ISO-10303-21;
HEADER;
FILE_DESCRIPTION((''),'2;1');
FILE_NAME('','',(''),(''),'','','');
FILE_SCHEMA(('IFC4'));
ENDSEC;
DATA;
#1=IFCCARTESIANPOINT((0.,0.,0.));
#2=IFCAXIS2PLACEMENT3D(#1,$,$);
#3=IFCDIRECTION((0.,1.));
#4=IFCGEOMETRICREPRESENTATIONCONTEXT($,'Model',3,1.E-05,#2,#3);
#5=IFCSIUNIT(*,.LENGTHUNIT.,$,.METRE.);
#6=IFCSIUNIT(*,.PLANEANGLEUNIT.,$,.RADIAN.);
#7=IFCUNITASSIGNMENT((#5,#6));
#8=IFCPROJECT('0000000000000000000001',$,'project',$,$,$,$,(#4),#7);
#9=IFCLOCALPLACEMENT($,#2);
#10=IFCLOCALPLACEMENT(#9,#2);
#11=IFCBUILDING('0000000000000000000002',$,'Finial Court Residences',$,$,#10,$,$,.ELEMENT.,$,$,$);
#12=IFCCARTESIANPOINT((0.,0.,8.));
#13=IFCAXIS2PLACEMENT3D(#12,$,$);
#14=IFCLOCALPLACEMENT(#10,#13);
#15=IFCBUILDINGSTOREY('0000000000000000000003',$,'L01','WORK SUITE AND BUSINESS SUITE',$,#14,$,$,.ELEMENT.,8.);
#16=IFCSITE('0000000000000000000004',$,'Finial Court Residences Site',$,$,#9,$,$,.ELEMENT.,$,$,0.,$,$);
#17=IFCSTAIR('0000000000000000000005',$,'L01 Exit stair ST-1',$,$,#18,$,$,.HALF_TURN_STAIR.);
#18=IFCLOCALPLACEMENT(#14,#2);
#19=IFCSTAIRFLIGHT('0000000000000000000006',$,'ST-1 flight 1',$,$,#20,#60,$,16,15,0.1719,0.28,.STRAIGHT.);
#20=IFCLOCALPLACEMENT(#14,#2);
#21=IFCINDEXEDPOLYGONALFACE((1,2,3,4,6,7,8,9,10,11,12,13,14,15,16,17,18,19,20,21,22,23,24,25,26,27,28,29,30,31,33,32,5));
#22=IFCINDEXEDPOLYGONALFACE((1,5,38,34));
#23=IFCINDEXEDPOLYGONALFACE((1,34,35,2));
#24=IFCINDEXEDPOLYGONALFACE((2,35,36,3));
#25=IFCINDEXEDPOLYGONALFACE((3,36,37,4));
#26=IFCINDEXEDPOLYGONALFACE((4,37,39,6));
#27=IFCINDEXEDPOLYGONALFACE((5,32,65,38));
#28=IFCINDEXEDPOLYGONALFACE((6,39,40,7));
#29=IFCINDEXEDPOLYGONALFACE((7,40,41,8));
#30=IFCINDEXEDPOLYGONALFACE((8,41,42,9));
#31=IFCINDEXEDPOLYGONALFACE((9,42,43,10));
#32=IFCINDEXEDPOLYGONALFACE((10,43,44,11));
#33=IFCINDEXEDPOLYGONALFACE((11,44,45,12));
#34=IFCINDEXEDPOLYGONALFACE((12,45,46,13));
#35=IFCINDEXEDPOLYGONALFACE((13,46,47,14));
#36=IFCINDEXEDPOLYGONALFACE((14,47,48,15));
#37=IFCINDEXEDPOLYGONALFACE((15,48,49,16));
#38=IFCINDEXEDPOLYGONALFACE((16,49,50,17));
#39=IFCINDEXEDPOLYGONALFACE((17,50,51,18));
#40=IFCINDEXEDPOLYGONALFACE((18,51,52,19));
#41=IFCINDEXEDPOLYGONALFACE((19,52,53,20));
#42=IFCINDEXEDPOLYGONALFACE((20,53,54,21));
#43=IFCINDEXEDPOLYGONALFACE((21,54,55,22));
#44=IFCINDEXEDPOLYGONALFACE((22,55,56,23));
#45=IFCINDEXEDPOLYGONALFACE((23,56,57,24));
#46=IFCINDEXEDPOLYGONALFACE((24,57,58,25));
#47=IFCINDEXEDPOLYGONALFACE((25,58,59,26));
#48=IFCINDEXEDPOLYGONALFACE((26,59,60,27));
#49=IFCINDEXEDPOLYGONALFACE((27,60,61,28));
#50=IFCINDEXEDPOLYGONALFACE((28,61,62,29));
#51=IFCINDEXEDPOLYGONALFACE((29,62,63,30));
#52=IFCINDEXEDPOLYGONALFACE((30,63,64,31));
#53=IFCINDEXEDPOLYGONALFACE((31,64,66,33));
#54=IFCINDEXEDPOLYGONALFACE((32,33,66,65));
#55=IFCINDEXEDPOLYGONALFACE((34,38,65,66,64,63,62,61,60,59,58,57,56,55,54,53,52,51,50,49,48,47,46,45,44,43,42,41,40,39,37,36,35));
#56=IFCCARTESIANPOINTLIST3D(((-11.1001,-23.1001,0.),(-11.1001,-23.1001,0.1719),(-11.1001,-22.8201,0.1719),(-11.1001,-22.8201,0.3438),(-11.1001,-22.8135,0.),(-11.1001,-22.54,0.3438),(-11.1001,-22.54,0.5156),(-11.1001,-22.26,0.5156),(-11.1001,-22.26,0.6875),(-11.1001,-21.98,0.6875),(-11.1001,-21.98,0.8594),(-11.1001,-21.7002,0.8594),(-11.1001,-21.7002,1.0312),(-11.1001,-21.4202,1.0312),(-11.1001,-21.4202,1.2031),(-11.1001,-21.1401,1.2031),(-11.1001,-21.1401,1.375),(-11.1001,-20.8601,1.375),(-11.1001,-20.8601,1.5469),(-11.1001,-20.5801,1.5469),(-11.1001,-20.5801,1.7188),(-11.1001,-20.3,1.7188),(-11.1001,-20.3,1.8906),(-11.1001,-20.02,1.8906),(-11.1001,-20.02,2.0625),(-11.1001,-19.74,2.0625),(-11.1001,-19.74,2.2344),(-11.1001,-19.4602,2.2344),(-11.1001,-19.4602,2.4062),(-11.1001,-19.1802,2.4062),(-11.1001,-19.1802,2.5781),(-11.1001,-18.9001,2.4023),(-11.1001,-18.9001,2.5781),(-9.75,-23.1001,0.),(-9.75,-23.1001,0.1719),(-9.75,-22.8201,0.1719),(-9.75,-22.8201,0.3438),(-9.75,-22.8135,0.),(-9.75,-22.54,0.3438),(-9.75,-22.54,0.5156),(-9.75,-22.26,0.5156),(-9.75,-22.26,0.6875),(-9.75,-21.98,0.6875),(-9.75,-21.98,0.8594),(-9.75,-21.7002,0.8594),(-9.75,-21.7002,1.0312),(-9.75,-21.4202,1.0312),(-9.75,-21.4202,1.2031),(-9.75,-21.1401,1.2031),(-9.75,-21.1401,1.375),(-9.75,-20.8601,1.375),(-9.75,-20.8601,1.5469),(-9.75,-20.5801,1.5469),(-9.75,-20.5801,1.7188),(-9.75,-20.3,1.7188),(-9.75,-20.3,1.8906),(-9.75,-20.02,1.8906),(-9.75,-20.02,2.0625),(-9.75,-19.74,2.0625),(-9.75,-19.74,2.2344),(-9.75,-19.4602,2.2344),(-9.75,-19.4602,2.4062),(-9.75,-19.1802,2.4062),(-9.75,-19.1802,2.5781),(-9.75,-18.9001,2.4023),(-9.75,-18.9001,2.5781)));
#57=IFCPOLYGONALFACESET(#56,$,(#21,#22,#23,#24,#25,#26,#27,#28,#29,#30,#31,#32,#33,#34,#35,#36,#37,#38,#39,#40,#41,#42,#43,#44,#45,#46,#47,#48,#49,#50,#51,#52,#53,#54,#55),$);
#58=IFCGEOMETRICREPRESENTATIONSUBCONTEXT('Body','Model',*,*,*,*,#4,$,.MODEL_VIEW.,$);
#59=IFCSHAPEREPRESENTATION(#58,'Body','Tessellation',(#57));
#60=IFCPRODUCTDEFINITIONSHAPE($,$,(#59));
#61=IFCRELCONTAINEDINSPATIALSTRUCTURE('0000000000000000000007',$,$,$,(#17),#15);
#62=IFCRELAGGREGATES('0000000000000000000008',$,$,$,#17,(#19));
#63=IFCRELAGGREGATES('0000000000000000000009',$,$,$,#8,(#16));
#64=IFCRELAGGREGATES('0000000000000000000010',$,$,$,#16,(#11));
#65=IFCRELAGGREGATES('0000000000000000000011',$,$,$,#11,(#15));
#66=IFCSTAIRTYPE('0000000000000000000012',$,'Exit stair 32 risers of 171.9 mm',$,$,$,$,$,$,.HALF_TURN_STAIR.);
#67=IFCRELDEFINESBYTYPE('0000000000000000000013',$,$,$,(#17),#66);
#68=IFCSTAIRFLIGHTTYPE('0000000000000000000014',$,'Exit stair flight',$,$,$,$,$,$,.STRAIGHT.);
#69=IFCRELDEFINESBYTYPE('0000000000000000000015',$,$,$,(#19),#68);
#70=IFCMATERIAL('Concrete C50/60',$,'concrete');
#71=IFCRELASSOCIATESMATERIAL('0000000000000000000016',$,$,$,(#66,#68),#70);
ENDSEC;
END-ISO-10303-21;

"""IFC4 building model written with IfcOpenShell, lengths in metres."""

from ifc_helpers import new_model, si_unit, direction, frame, origin, place, context, subcontext, project, spatial, polyline, outline, extrude, material, type_object, element, aggregate, save


model = new_model("IFC4")

# Units and contexts
model_context = context("Model", 3, precision=1e-05, world=origin(), true_north=direction((0.0, 1.0)))
body_context = subcontext(model_context, "Body", "Model", "MODEL_VIEW")
ifc_project = project(units=[si_unit("LENGTHUNIT", "METRE"), si_unit("PLANEANGLEUNIT", "RADIAN")], contexts=[model_context])

# Site, building, storey
site_placement = place(None, origin())
site = spatial("IfcSite", under=ifc_project, at=site_placement, Name="Finial Court Residences Site", CompositionType="ELEMENT", RefElevation=0.0)
building_placement = place(site_placement, origin())
building = spatial("IfcBuilding", under=site, at=building_placement, Name="Finial Court Residences", CompositionType="ELEMENT")
storey_placement = place(building_placement, frame((0.0, 0.0, 8.0)))
storey = spatial("IfcBuildingStorey", under=building, at=storey_placement, Name="L01", Description="WORK SUITE AND BUSINESS SUITE", CompositionType="ELEMENT", Elevation=8.0)

# Shared definitions
ifc_material_1 = material(Name="Concrete C50/60", Category="concrete")

# Stair, stair flight
stair_type = type_object("IfcStairType", Name="Exit stair 32 risers of 171.9 mm", PredefinedType="HALF_TURN_STAIR", material=ifc_material_1)
stair_placement = place(storey_placement, origin())
stair = element("IfcStair", 1, at=stair_placement, inside=storey, type_object=stair_type, Name="L01 Exit stair ST-1", PredefinedType="HALF_TURN_STAIR")
stair_flight_type = type_object("IfcStairFlightType", Name="Exit stair flight", PredefinedType="STRAIGHT", material=ifc_material_1)
stair_flight_placement = place(storey_placement, frame((-10.425, -23.1001, 0.0), z_axis=(0.0, 0.0, 1.0), x_axis=(0.0, 1.0, 0.0)))
stair_flight = element("IfcStairFlight", 2, at=stair_flight_placement, type_object=stair_flight_type, Name="ST-1 flight 1", NumberOfRisers=16, NumberOfTreads=15, PredefinedType="STRAIGHT", RiserHeight=0.1719, TreadLength=0.28, context=body_context, shape_type="SweptSolid", body=[
    extrude(outline(polyline([(0.0, 0.0), (0.0, 0.1719), (0.28, 0.1719), (0.28, 0.3438), (0.5601, 0.3438), (0.5601, 0.5156), (0.8401, 0.5156), (0.8401, 0.6875), (1.1201, 0.6875), (1.1201, 0.8594), (1.3999, 0.8594), (1.3999, 1.0312), (1.6799, 1.0312), (1.6799, 1.2031), (1.96, 1.2031), (1.96, 1.375), (2.24, 1.375), (2.24, 1.5469), (2.52, 1.5469), (2.52, 1.7188), (2.8, 1.7188), (2.8, 1.8906), (3.0801, 1.8906), (3.0801, 2.0625), (3.3601, 2.0625), (3.3601, 2.2344), (3.6399, 2.2344), (3.6399, 2.4062), (3.9199, 2.4062), (3.9199, 2.5781), (4.2, 2.5781), (4.2, 2.75), (4.2, 2.4023), (0.2866, 0.0), (0.0, 0.0)])), frame((0.0, 0.675, 0.0), z_axis=(0.0, -1.0, 0.0), x_axis=(1.0, 0.0, 0.0)), (0.0, 0.0, 1.0), 1.3501),
])
aggregate(stair, [stair_flight])

save(model, "model.ifc")
